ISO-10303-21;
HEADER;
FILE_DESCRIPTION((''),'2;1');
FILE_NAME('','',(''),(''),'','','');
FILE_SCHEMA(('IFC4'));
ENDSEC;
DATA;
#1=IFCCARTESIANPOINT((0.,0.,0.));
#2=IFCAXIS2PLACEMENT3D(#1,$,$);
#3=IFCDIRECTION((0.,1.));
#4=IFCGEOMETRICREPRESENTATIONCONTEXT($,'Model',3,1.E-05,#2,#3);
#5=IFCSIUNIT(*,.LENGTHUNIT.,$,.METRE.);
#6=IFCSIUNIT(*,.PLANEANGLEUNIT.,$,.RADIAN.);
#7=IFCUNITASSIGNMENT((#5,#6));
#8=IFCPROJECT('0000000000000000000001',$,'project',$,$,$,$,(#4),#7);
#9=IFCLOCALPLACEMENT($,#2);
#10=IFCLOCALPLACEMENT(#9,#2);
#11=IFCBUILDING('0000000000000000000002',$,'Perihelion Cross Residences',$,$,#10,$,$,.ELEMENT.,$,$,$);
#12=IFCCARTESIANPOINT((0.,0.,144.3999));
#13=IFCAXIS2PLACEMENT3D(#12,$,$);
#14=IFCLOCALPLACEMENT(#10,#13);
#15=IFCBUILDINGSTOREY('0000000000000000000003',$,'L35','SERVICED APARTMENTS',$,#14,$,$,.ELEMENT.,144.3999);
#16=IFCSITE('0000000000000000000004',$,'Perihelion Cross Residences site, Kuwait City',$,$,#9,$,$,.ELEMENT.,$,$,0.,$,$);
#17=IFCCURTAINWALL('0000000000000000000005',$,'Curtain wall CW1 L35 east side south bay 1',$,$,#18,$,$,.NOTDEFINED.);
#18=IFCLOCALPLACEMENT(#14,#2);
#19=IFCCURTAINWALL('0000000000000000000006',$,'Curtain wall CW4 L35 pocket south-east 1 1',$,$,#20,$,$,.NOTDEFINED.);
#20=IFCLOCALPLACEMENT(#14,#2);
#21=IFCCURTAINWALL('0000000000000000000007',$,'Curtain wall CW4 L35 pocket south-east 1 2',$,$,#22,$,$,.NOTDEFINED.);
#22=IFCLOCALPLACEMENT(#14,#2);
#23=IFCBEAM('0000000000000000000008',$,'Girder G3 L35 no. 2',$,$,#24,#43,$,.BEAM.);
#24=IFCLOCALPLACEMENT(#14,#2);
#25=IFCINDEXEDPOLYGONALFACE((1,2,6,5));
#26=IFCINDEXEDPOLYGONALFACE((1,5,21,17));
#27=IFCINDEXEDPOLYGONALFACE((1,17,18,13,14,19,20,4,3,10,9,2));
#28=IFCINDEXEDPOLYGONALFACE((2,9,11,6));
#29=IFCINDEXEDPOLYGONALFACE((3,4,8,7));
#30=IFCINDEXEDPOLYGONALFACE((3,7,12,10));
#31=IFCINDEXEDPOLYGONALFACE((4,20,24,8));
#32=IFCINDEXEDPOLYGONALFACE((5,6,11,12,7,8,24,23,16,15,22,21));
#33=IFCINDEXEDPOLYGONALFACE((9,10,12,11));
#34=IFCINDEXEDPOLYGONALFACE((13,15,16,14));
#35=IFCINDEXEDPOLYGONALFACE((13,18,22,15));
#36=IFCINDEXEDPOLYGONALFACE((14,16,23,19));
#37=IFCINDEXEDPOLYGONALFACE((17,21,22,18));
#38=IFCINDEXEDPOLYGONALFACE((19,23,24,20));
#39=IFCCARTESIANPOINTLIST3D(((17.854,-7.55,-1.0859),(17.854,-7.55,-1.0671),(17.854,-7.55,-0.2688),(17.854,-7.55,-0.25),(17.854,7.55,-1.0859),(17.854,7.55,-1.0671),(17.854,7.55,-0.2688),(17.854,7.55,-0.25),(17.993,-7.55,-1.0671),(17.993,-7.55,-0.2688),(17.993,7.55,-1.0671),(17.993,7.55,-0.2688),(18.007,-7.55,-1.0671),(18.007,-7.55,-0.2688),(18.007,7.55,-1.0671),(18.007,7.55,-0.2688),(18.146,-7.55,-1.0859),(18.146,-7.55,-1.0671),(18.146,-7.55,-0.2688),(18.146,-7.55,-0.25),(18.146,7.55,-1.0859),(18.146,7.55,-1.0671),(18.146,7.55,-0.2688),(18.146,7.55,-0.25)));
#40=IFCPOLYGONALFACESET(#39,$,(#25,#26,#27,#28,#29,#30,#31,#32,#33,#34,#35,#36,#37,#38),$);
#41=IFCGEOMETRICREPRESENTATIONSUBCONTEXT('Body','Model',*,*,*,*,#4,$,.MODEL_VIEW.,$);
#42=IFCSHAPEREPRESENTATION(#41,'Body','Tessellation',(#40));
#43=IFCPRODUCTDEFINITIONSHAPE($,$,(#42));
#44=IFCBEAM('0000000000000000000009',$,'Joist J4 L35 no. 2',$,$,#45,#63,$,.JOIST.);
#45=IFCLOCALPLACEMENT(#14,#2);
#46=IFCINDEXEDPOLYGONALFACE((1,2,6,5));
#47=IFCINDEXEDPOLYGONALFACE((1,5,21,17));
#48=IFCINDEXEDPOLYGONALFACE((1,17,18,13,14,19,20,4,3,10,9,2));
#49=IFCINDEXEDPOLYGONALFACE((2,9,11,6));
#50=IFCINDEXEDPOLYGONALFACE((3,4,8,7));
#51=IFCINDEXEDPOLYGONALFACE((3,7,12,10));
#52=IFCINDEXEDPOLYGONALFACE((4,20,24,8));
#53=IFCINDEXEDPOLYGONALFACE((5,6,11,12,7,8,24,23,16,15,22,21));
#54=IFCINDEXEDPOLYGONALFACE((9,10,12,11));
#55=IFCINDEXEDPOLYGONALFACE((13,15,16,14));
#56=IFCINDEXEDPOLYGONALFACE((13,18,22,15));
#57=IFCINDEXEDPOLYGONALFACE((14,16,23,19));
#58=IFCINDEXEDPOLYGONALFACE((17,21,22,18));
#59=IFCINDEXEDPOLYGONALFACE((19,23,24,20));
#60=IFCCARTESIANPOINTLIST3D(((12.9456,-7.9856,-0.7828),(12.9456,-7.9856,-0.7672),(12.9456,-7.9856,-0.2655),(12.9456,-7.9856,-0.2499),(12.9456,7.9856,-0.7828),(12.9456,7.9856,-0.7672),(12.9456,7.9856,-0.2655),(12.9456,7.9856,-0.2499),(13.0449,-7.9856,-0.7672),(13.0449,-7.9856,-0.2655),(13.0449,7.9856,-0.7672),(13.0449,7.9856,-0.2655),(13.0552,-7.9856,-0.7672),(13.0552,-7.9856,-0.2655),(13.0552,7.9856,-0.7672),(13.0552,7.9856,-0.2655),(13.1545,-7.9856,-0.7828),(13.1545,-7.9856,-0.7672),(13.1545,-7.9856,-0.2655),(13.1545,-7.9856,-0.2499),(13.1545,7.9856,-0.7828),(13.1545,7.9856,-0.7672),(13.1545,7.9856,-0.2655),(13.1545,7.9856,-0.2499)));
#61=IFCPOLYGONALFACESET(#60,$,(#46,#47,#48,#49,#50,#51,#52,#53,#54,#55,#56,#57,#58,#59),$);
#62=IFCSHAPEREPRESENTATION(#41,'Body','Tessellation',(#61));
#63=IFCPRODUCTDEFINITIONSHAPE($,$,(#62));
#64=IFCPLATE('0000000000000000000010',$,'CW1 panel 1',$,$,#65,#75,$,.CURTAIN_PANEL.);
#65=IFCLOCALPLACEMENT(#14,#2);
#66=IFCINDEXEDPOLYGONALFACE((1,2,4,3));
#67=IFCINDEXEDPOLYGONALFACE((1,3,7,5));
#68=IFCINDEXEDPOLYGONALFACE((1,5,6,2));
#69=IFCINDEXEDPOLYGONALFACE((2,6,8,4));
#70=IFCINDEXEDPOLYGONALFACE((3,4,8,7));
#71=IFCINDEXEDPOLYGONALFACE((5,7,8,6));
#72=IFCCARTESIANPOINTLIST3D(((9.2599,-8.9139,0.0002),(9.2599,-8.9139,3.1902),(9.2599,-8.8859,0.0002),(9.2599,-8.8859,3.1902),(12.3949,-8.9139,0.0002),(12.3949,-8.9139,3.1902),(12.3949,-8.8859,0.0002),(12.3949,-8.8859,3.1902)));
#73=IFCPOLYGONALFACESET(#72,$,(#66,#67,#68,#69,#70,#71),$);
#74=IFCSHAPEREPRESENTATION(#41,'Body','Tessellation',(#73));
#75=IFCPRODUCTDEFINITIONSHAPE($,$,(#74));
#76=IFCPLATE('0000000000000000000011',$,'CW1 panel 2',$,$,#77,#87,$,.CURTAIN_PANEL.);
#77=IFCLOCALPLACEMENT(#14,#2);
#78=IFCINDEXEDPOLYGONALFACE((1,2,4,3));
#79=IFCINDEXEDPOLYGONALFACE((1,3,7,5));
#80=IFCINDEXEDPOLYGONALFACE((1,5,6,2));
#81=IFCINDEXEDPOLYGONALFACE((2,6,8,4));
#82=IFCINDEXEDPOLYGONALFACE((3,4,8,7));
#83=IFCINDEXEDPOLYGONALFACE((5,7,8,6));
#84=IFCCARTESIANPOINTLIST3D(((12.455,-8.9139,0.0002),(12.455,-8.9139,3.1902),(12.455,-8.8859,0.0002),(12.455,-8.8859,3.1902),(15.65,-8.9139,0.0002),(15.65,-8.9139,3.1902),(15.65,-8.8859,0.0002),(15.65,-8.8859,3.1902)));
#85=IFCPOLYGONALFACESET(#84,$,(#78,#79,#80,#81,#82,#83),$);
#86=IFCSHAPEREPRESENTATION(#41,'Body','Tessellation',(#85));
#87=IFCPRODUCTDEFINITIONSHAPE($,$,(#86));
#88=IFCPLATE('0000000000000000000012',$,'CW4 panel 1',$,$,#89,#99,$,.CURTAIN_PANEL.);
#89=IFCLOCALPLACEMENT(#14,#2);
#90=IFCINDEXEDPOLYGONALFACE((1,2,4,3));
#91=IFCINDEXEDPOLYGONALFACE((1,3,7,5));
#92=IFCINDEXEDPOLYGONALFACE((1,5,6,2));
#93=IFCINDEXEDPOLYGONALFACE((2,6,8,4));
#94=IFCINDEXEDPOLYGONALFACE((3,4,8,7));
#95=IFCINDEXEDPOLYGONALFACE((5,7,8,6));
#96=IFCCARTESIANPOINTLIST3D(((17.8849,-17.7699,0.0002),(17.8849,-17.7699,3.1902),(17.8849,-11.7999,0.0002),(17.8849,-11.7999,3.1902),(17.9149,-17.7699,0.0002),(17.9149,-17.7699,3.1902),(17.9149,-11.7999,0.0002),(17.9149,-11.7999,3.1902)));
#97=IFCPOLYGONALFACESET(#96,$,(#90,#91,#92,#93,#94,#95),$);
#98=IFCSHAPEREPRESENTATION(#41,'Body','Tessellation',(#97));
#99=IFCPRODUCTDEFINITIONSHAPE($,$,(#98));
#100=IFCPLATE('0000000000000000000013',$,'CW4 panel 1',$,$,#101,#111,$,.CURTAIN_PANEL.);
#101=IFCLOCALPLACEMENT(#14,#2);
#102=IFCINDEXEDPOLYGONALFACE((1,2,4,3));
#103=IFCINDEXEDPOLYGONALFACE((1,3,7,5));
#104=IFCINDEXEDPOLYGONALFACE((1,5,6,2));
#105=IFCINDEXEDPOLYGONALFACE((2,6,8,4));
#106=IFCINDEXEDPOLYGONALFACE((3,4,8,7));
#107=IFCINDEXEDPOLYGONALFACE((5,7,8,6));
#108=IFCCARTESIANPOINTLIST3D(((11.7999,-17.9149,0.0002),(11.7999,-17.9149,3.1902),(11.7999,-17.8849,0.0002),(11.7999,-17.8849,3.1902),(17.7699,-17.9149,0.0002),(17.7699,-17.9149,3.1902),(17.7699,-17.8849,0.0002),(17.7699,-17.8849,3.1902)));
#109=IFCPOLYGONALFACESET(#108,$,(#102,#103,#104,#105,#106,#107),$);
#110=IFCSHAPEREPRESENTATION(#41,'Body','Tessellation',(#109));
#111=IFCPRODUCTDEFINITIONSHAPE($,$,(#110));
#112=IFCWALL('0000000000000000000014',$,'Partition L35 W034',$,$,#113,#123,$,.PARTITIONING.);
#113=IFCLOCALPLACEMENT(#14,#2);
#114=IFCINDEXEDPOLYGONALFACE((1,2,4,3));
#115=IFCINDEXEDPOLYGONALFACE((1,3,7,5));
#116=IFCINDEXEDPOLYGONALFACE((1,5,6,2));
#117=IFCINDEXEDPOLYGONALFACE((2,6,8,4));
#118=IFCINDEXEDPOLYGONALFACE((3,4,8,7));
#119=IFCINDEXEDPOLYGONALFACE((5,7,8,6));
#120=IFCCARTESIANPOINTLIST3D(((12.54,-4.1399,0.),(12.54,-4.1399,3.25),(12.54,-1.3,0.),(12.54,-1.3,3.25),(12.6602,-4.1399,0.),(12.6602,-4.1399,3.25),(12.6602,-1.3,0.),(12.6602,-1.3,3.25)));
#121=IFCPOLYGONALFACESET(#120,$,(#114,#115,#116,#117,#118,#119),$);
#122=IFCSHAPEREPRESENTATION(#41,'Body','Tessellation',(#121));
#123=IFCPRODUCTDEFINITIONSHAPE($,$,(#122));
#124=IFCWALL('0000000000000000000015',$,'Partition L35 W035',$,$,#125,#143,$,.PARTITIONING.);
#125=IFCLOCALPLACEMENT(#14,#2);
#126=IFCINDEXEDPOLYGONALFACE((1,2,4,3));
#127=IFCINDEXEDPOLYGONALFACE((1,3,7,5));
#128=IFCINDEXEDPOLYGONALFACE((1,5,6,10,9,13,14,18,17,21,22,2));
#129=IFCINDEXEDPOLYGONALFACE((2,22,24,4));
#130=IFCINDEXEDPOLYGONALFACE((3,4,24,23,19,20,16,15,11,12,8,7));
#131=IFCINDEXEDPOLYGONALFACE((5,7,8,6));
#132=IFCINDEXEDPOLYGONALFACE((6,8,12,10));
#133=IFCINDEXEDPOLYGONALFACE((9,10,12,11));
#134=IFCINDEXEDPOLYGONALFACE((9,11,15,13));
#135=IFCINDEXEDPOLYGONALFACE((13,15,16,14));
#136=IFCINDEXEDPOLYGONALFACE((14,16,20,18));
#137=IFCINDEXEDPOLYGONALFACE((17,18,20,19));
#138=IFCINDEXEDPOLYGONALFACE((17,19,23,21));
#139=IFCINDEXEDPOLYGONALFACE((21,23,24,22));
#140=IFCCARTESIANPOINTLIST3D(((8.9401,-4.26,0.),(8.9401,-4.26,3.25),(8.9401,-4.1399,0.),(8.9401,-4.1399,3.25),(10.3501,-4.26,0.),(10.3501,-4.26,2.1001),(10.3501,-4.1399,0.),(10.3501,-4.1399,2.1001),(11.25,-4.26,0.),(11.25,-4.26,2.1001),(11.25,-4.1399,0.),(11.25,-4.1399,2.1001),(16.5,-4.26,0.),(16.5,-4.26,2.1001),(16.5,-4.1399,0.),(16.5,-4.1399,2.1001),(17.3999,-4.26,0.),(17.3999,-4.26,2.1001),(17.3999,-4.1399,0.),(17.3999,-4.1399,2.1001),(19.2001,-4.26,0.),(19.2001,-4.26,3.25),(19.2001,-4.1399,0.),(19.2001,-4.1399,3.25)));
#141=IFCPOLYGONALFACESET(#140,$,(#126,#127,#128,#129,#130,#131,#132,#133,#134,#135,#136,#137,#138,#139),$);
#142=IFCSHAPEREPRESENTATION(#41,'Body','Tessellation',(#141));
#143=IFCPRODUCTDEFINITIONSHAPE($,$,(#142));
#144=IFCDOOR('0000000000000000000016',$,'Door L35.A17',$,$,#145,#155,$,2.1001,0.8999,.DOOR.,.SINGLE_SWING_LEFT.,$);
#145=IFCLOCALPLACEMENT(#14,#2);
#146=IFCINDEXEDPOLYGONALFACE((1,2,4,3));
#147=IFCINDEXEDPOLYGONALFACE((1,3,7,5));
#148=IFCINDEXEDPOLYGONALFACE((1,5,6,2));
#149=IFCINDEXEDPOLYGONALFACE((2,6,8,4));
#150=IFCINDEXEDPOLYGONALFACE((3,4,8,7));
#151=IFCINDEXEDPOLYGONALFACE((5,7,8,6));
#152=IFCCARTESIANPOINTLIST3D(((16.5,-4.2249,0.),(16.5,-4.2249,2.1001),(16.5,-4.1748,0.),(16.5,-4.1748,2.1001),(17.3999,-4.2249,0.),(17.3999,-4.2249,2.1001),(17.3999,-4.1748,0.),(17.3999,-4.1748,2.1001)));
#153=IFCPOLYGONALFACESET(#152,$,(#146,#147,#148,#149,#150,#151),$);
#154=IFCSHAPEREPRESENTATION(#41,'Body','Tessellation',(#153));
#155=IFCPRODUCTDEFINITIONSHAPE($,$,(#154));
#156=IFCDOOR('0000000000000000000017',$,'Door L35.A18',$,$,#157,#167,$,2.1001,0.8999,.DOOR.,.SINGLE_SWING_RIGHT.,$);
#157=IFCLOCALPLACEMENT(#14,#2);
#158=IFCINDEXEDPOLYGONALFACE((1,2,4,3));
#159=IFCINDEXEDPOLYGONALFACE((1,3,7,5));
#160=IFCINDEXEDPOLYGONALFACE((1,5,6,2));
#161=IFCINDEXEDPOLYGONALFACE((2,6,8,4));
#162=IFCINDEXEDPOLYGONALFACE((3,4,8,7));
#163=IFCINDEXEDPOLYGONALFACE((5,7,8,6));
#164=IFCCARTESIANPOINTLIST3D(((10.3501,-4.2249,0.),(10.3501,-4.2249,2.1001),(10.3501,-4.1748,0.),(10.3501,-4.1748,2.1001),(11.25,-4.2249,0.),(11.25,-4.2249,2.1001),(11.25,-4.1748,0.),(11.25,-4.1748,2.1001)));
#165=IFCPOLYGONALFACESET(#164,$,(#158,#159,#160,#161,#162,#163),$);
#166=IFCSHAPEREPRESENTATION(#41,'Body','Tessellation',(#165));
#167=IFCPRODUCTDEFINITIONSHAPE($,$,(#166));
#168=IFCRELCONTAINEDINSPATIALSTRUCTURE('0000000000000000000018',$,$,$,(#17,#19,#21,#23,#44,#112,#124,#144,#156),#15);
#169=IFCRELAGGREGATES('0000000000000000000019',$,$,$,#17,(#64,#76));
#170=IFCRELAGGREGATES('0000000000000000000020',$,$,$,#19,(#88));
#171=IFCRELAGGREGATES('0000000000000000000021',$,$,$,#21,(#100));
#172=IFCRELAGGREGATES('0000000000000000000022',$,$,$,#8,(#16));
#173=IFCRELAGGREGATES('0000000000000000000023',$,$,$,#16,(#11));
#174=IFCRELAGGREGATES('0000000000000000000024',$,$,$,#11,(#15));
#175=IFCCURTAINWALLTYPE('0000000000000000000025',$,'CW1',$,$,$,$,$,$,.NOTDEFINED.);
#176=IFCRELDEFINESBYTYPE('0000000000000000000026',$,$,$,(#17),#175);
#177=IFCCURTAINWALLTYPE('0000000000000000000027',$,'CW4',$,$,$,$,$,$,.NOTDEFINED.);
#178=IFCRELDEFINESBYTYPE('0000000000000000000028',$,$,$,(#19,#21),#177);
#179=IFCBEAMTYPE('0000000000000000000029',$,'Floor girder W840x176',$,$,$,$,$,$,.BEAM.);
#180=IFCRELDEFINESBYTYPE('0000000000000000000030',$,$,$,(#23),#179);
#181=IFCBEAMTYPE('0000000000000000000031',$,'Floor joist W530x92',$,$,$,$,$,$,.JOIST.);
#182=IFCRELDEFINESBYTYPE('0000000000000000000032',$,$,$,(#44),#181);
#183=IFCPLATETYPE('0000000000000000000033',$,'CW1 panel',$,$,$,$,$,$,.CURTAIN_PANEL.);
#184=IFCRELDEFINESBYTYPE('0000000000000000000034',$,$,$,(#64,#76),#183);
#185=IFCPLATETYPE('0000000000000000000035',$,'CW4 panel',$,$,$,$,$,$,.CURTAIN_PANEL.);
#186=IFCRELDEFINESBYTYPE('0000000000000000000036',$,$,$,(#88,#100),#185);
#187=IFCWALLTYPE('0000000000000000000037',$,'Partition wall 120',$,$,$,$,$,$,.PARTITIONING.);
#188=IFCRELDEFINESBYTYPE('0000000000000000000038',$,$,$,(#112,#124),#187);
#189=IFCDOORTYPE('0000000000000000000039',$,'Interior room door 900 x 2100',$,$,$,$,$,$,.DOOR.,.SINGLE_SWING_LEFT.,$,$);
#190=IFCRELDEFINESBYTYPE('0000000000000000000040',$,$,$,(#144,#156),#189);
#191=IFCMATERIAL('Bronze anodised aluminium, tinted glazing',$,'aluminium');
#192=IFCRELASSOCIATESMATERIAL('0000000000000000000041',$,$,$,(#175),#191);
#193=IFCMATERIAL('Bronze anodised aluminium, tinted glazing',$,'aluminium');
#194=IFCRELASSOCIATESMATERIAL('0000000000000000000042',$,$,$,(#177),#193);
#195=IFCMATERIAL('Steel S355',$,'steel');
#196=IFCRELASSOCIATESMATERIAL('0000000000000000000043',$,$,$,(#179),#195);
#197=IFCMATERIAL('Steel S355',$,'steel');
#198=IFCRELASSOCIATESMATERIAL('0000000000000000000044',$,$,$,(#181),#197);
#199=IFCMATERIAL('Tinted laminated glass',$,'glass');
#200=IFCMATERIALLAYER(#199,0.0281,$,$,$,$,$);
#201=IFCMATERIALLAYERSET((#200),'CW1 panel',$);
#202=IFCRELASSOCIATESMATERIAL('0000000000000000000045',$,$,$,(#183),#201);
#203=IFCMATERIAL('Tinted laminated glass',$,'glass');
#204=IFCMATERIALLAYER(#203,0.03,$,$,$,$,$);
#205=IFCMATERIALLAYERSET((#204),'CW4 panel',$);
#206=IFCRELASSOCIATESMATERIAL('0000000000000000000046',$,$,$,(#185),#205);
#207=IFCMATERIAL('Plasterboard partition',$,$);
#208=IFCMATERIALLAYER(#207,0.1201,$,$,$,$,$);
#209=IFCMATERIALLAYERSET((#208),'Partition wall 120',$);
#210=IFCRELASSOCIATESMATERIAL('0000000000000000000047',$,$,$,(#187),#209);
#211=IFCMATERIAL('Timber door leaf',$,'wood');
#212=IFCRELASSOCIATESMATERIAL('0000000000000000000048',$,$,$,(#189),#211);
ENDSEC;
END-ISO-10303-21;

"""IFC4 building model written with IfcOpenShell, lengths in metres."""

from ifc_helpers import new_model, si_unit, direction, frame, frame_2d, origin, origin_2d, place, context, subcontext, project, spatial, rectangle, i_section, extrude, material, layer, layer_set, material_profile, profile_set, type_object, element, fill, aggregate, save


model = new_model("IFC4")

# Units and contexts
model_context = context("Model", 3, precision=1e-05, world=origin(), true_north=direction((0.0, 1.0)))
body_context = subcontext(model_context, "Body", "Model", "MODEL_VIEW")
ifc_project = project(units=[si_unit("LENGTHUNIT", "METRE"), si_unit("PLANEANGLEUNIT", "RADIAN")], contexts=[model_context])

# Site, building, storey
site_placement = place(None, origin())
site = spatial("IfcSite", under=ifc_project, at=site_placement, Name="Perihelion Cross Residences site, Kuwait City", CompositionType="ELEMENT", RefElevation=0.0)
building_placement = place(site_placement, origin())
building = spatial("IfcBuilding", under=site, at=building_placement, Name="Perihelion Cross Residences", CompositionType="ELEMENT")
storey_placement = place(building_placement, frame((0.0, 0.0, 144.3999)))
storey = spatial("IfcBuildingStorey", under=building, at=storey_placement, Name="L35", Description="SERVICED APARTMENTS", CompositionType="ELEMENT", Elevation=144.3999)

# Curtain wall
ifc_material_1 = material(Name="Bronze anodised aluminium, tinted glazing", Category="aluminium")
curtain_wall_type_1 = type_object("IfcCurtainWallType", Name="CW1", PredefinedType="NOTDEFINED", material=ifc_material_1)
curtain_wall_1_placement = place(storey_placement, origin())
curtain_wall_1 = element("IfcCurtainWall", 1, at=curtain_wall_1_placement, inside=storey, type_object=curtain_wall_type_1, Name="Curtain wall CW1 L35 east side south bay 1", PredefinedType="NOTDEFINED")

# Curtain walls
ifc_material_2 = material(Name="Bronze anodised aluminium, tinted glazing", Category="aluminium")
curtain_wall_type_2 = type_object("IfcCurtainWallType", Name="CW4", PredefinedType="NOTDEFINED", material=ifc_material_2)
curtain_wall_2_placement = place(storey_placement, origin())
curtain_wall_2 = element("IfcCurtainWall", 2, at=curtain_wall_2_placement, inside=storey, type_object=curtain_wall_type_2, Name="Curtain wall CW4 L35 pocket south-east 1 1", PredefinedType="NOTDEFINED")
curtain_wall_3_placement = place(storey_placement, origin())
curtain_wall_3 = element("IfcCurtainWall", 3, at=curtain_wall_3_placement, inside=storey, type_object=curtain_wall_type_2, Name="Curtain wall CW4 L35 pocket south-east 1 2", PredefinedType="NOTDEFINED")

# Beams
ifc_material_3 = material(Name="Steel S355", Category="steel")
ifc_material_profile_1 = material_profile(ifc_material_3, i_section(OverallWidth=0.292, OverallDepth=0.8359, WebThickness=0.0139, FlangeThickness=0.0188, at=origin_2d()), Name="W840x176")
ifc_profile_set_1 = profile_set([ifc_material_profile_1], Name="Steel S355")
beam_type_1 = type_object("IfcBeamType", Name="Floor girder W840x176", PredefinedType="BEAM", material=ifc_profile_set_1)
beam_1_placement = place(storey_placement, frame((18.0, -7.55, -0.668), z_axis=(0.0, 1.0, 0.0), x_axis=(-1.0, 0.0, 0.0)))
element("IfcBeam", 4, at=beam_1_placement, inside=storey, type_object=beam_type_1, Name="Girder G3 L35 no. 2", PredefinedType="BEAM", context=body_context, shape_type="SweptSolid", body=[
    extrude(i_section(OverallWidth=0.292, OverallDepth=0.8359, WebThickness=0.0139, FlangeThickness=0.0188, at=origin_2d()), origin(), (0.0, 0.0, 1.0), 15.1001),
])
ifc_material_4 = material(Name="Steel S355", Category="steel")
ifc_material_profile_2 = material_profile(ifc_material_4, i_section(OverallWidth=0.209, OverallDepth=0.533, WebThickness=0.0103, FlangeThickness=0.0156, at=origin_2d()), Name="W530x92")
ifc_profile_set_2 = profile_set([ifc_material_profile_2], Name="Steel S355")
beam_type_2 = type_object("IfcBeamType", Name="Floor joist W530x92", PredefinedType="JOIST", material=ifc_profile_set_2)
beam_2_placement = place(storey_placement, frame((13.05, -7.9856, -0.5164), z_axis=(0.0, 1.0, 0.0), x_axis=(-1.0, 0.0, 0.0)))
element("IfcBeam", 5, at=beam_2_placement, inside=storey, type_object=beam_type_2, Name="Joist J4 L35 no. 2", PredefinedType="JOIST", context=body_context, shape_type="SweptSolid", body=[
    extrude(i_section(OverallWidth=0.209, OverallDepth=0.533, WebThickness=0.0103, FlangeThickness=0.0156, at=origin_2d()), origin(), (0.0, 0.0, 1.0), 15.9712),
])

# Plates
ifc_material_5 = material(Name="Tinted laminated glass", Category="glass")
ifc_layer_1 = layer(ifc_material_5, 0.0281)
ifc_layer_set_1 = layer_set([ifc_layer_1], Name="CW1 panel")
plate_type_1 = type_object("IfcPlateType", Name="CW1 panel", PredefinedType="CURTAIN_PANEL", material=ifc_layer_set_1)
plate_1_placement = place(storey_placement, frame((10.8274, -8.8999, 0.0002), z_axis=(0.0, 0.0, 1.0), x_axis=(1.0, 0.0, 0.0)))
plate_1 = element("IfcPlate", 6, at=plate_1_placement, type_object=plate_type_1, Name="CW1 panel 1", PredefinedType="CURTAIN_PANEL", context=body_context, shape_type="SweptSolid", body=[
    extrude(rectangle(XDim=3.135, YDim=0.0281, at=origin_2d()), origin(), (0.0, 0.0, 1.0), 3.1899),
])
plate_2_placement = place(storey_placement, frame((14.0525, -8.8999, 0.0002), z_axis=(0.0, 0.0, 1.0), x_axis=(1.0, 0.0, 0.0)))
plate_2 = element("IfcPlate", 7, at=plate_2_placement, type_object=plate_type_1, Name="CW1 panel 2", PredefinedType="CURTAIN_PANEL", context=body_context, shape_type="SweptSolid", body=[
    extrude(rectangle(XDim=3.1951, YDim=0.0281, at=origin_2d()), origin(), (0.0, 0.0, 1.0), 3.1899),
])
aggregate(curtain_wall_1, [plate_1, plate_2])
ifc_material_6 = material(Name="Tinted laminated glass", Category="glass")
ifc_layer_2 = layer(ifc_material_6, 0.03)
ifc_layer_set_2 = layer_set([ifc_layer_2], Name="CW4 panel")
plate_type_2 = type_object("IfcPlateType", Name="CW4 panel", PredefinedType="CURTAIN_PANEL", material=ifc_layer_set_2)
plate_3_placement = place(storey_placement, frame((17.8999, -14.7849, 0.0002), z_axis=(0.0, 0.0, 1.0), x_axis=(0.0, -1.0, 0.0)))
plate_3 = element("IfcPlate", 8, at=plate_3_placement, type_object=plate_type_2, Name="CW4 panel 1", PredefinedType="CURTAIN_PANEL", context=body_context, shape_type="SweptSolid", body=[
    extrude(rectangle(XDim=5.97, YDim=0.03, at=origin_2d()), origin(), (0.0, 0.0, 1.0), 3.1899),
])
aggregate(curtain_wall_2, [plate_3])
plate_4_placement = place(storey_placement, frame((14.7849, -17.8999, 0.0002), z_axis=(0.0, 0.0, 1.0), x_axis=(-1.0, 0.0, 0.0)))
plate_4 = element("IfcPlate", 9, at=plate_4_placement, type_object=plate_type_2, Name="CW4 panel 1", PredefinedType="CURTAIN_PANEL", context=body_context, shape_type="SweptSolid", body=[
    extrude(rectangle(XDim=5.97, YDim=0.03, at=origin_2d()), origin(), (0.0, 0.0, 1.0), 3.1899),
])
aggregate(curtain_wall_3, [plate_4])

# Wall
ifc_material_7 = material(Name="Plasterboard partition")
ifc_layer_3 = layer(ifc_material_7, 0.1201)
ifc_layer_set_3 = layer_set([ifc_layer_3], Name="Partition wall 120")
wall_type_1 = type_object("IfcWallType", Name="Partition wall 120", PredefinedType="PARTITIONING", material=ifc_layer_set_3)
wall_1_placement = place(storey_placement, frame((12.6001, -1.3, 0.0), z_axis=(0.0, 0.0, 1.0), x_axis=(0.0, -1.0, 0.0)))
element("IfcWall", 10, at=wall_1_placement, inside=storey, type_object=wall_type_1, Name="Partition L35 W034", PredefinedType="PARTITIONING", context=body_context, shape_type="SweptSolid", body=[
    extrude(rectangle(XDim=2.8398, YDim=0.1201, at=frame_2d((1.4199, 0.0))), origin(), (0.0, 0.0, 1.0), 3.25),
])

# Wall, openings, doors
wall_2_placement = place(storey_placement, frame((19.2, -4.2, 0.0), z_axis=(0.0, 0.0, 1.0), x_axis=(-1.0, 0.0, 0.0)))
wall_2 = element("IfcWall", 11, at=wall_2_placement, inside=storey, type_object=wall_type_1, Name="Partition L35 W035", PredefinedType="PARTITIONING", context=body_context, shape_type="SweptSolid", body=[
    extrude(rectangle(XDim=10.26, YDim=0.1201, at=frame_2d((5.1299, 0.0))), origin(), (0.0, 0.0, 1.0), 3.25),
])
opening_1_placement = place(wall_2_placement, frame((1.8, 0.0, 0.0)))
opening_1 = element("IfcOpeningElement", 12, at=opening_1_placement, cuts=wall_2, PredefinedType="OPENING", context=body_context, shape_type="SweptSolid", body=[
    extrude(rectangle(XDim=0.8999, YDim=2.1001, at=frame_2d((0.45, 1.05))), frame((0.0, 0.0701, 0.0), z_axis=(0.0, -1.0, 0.0), x_axis=(1.0, 0.0, 0.0)), (0.0, 0.0, 1.0), 0.1401),
])
opening_2_placement = place(wall_2_placement, frame((7.95, 0.0, 0.0)))
opening_2 = element("IfcOpeningElement", 13, at=opening_2_placement, cuts=wall_2, PredefinedType="OPENING", context=body_context, shape_type="SweptSolid", body=[
    extrude(rectangle(XDim=0.8999, YDim=2.1001, at=frame_2d((0.45, 1.05))), frame((0.0, 0.0701, 0.0), z_axis=(0.0, -1.0, 0.0), x_axis=(1.0, 0.0, 0.0)), (0.0, 0.0, 1.0), 0.1401),
])
ifc_material_8 = material(Name="Timber door leaf", Category="wood")
door_type_1 = type_object("IfcDoorType", Name="Interior room door 900 x 2100", OperationType="SINGLE_SWING_LEFT", PredefinedType="DOOR", material=ifc_material_8)
door_1_placement = place(opening_1_placement, origin())
door_1 = element("IfcDoor", 14, at=door_1_placement, inside=storey, type_object=door_type_1, Name="Door L35.A17", OperationType="SINGLE_SWING_LEFT", OverallHeight=2.1001, OverallWidth=0.8999, PredefinedType="DOOR", context=body_context, shape_type="SweptSolid", body=[
    extrude(rectangle(XDim=0.8999, YDim=2.1001, at=frame_2d((0.45, 1.05))), frame((0.0, 0.0249, 0.0), z_axis=(0.0, -1.0, 0.0), x_axis=(1.0, 0.0, 0.0)), (0.0, 0.0, 1.0), 0.05),
])
fill(opening_1, door_1)
door_2_placement = place(opening_2_placement, origin())
door_2 = element("IfcDoor", 15, at=door_2_placement, inside=storey, type_object=door_type_1, Name="Door L35.A18", OperationType="SINGLE_SWING_RIGHT", OverallHeight=2.1001, OverallWidth=0.8999, PredefinedType="DOOR", context=body_context, shape_type="SweptSolid", body=[
    extrude(rectangle(XDim=0.8999, YDim=2.1001, at=frame_2d((0.45, 1.05))), frame((0.0, 0.0249, 0.0), z_axis=(0.0, -1.0, 0.0), x_axis=(1.0, 0.0, 0.0)), (0.0, 0.0, 1.0), 0.05),
])
fill(opening_2, door_2)

save(model, "model.ifc")
